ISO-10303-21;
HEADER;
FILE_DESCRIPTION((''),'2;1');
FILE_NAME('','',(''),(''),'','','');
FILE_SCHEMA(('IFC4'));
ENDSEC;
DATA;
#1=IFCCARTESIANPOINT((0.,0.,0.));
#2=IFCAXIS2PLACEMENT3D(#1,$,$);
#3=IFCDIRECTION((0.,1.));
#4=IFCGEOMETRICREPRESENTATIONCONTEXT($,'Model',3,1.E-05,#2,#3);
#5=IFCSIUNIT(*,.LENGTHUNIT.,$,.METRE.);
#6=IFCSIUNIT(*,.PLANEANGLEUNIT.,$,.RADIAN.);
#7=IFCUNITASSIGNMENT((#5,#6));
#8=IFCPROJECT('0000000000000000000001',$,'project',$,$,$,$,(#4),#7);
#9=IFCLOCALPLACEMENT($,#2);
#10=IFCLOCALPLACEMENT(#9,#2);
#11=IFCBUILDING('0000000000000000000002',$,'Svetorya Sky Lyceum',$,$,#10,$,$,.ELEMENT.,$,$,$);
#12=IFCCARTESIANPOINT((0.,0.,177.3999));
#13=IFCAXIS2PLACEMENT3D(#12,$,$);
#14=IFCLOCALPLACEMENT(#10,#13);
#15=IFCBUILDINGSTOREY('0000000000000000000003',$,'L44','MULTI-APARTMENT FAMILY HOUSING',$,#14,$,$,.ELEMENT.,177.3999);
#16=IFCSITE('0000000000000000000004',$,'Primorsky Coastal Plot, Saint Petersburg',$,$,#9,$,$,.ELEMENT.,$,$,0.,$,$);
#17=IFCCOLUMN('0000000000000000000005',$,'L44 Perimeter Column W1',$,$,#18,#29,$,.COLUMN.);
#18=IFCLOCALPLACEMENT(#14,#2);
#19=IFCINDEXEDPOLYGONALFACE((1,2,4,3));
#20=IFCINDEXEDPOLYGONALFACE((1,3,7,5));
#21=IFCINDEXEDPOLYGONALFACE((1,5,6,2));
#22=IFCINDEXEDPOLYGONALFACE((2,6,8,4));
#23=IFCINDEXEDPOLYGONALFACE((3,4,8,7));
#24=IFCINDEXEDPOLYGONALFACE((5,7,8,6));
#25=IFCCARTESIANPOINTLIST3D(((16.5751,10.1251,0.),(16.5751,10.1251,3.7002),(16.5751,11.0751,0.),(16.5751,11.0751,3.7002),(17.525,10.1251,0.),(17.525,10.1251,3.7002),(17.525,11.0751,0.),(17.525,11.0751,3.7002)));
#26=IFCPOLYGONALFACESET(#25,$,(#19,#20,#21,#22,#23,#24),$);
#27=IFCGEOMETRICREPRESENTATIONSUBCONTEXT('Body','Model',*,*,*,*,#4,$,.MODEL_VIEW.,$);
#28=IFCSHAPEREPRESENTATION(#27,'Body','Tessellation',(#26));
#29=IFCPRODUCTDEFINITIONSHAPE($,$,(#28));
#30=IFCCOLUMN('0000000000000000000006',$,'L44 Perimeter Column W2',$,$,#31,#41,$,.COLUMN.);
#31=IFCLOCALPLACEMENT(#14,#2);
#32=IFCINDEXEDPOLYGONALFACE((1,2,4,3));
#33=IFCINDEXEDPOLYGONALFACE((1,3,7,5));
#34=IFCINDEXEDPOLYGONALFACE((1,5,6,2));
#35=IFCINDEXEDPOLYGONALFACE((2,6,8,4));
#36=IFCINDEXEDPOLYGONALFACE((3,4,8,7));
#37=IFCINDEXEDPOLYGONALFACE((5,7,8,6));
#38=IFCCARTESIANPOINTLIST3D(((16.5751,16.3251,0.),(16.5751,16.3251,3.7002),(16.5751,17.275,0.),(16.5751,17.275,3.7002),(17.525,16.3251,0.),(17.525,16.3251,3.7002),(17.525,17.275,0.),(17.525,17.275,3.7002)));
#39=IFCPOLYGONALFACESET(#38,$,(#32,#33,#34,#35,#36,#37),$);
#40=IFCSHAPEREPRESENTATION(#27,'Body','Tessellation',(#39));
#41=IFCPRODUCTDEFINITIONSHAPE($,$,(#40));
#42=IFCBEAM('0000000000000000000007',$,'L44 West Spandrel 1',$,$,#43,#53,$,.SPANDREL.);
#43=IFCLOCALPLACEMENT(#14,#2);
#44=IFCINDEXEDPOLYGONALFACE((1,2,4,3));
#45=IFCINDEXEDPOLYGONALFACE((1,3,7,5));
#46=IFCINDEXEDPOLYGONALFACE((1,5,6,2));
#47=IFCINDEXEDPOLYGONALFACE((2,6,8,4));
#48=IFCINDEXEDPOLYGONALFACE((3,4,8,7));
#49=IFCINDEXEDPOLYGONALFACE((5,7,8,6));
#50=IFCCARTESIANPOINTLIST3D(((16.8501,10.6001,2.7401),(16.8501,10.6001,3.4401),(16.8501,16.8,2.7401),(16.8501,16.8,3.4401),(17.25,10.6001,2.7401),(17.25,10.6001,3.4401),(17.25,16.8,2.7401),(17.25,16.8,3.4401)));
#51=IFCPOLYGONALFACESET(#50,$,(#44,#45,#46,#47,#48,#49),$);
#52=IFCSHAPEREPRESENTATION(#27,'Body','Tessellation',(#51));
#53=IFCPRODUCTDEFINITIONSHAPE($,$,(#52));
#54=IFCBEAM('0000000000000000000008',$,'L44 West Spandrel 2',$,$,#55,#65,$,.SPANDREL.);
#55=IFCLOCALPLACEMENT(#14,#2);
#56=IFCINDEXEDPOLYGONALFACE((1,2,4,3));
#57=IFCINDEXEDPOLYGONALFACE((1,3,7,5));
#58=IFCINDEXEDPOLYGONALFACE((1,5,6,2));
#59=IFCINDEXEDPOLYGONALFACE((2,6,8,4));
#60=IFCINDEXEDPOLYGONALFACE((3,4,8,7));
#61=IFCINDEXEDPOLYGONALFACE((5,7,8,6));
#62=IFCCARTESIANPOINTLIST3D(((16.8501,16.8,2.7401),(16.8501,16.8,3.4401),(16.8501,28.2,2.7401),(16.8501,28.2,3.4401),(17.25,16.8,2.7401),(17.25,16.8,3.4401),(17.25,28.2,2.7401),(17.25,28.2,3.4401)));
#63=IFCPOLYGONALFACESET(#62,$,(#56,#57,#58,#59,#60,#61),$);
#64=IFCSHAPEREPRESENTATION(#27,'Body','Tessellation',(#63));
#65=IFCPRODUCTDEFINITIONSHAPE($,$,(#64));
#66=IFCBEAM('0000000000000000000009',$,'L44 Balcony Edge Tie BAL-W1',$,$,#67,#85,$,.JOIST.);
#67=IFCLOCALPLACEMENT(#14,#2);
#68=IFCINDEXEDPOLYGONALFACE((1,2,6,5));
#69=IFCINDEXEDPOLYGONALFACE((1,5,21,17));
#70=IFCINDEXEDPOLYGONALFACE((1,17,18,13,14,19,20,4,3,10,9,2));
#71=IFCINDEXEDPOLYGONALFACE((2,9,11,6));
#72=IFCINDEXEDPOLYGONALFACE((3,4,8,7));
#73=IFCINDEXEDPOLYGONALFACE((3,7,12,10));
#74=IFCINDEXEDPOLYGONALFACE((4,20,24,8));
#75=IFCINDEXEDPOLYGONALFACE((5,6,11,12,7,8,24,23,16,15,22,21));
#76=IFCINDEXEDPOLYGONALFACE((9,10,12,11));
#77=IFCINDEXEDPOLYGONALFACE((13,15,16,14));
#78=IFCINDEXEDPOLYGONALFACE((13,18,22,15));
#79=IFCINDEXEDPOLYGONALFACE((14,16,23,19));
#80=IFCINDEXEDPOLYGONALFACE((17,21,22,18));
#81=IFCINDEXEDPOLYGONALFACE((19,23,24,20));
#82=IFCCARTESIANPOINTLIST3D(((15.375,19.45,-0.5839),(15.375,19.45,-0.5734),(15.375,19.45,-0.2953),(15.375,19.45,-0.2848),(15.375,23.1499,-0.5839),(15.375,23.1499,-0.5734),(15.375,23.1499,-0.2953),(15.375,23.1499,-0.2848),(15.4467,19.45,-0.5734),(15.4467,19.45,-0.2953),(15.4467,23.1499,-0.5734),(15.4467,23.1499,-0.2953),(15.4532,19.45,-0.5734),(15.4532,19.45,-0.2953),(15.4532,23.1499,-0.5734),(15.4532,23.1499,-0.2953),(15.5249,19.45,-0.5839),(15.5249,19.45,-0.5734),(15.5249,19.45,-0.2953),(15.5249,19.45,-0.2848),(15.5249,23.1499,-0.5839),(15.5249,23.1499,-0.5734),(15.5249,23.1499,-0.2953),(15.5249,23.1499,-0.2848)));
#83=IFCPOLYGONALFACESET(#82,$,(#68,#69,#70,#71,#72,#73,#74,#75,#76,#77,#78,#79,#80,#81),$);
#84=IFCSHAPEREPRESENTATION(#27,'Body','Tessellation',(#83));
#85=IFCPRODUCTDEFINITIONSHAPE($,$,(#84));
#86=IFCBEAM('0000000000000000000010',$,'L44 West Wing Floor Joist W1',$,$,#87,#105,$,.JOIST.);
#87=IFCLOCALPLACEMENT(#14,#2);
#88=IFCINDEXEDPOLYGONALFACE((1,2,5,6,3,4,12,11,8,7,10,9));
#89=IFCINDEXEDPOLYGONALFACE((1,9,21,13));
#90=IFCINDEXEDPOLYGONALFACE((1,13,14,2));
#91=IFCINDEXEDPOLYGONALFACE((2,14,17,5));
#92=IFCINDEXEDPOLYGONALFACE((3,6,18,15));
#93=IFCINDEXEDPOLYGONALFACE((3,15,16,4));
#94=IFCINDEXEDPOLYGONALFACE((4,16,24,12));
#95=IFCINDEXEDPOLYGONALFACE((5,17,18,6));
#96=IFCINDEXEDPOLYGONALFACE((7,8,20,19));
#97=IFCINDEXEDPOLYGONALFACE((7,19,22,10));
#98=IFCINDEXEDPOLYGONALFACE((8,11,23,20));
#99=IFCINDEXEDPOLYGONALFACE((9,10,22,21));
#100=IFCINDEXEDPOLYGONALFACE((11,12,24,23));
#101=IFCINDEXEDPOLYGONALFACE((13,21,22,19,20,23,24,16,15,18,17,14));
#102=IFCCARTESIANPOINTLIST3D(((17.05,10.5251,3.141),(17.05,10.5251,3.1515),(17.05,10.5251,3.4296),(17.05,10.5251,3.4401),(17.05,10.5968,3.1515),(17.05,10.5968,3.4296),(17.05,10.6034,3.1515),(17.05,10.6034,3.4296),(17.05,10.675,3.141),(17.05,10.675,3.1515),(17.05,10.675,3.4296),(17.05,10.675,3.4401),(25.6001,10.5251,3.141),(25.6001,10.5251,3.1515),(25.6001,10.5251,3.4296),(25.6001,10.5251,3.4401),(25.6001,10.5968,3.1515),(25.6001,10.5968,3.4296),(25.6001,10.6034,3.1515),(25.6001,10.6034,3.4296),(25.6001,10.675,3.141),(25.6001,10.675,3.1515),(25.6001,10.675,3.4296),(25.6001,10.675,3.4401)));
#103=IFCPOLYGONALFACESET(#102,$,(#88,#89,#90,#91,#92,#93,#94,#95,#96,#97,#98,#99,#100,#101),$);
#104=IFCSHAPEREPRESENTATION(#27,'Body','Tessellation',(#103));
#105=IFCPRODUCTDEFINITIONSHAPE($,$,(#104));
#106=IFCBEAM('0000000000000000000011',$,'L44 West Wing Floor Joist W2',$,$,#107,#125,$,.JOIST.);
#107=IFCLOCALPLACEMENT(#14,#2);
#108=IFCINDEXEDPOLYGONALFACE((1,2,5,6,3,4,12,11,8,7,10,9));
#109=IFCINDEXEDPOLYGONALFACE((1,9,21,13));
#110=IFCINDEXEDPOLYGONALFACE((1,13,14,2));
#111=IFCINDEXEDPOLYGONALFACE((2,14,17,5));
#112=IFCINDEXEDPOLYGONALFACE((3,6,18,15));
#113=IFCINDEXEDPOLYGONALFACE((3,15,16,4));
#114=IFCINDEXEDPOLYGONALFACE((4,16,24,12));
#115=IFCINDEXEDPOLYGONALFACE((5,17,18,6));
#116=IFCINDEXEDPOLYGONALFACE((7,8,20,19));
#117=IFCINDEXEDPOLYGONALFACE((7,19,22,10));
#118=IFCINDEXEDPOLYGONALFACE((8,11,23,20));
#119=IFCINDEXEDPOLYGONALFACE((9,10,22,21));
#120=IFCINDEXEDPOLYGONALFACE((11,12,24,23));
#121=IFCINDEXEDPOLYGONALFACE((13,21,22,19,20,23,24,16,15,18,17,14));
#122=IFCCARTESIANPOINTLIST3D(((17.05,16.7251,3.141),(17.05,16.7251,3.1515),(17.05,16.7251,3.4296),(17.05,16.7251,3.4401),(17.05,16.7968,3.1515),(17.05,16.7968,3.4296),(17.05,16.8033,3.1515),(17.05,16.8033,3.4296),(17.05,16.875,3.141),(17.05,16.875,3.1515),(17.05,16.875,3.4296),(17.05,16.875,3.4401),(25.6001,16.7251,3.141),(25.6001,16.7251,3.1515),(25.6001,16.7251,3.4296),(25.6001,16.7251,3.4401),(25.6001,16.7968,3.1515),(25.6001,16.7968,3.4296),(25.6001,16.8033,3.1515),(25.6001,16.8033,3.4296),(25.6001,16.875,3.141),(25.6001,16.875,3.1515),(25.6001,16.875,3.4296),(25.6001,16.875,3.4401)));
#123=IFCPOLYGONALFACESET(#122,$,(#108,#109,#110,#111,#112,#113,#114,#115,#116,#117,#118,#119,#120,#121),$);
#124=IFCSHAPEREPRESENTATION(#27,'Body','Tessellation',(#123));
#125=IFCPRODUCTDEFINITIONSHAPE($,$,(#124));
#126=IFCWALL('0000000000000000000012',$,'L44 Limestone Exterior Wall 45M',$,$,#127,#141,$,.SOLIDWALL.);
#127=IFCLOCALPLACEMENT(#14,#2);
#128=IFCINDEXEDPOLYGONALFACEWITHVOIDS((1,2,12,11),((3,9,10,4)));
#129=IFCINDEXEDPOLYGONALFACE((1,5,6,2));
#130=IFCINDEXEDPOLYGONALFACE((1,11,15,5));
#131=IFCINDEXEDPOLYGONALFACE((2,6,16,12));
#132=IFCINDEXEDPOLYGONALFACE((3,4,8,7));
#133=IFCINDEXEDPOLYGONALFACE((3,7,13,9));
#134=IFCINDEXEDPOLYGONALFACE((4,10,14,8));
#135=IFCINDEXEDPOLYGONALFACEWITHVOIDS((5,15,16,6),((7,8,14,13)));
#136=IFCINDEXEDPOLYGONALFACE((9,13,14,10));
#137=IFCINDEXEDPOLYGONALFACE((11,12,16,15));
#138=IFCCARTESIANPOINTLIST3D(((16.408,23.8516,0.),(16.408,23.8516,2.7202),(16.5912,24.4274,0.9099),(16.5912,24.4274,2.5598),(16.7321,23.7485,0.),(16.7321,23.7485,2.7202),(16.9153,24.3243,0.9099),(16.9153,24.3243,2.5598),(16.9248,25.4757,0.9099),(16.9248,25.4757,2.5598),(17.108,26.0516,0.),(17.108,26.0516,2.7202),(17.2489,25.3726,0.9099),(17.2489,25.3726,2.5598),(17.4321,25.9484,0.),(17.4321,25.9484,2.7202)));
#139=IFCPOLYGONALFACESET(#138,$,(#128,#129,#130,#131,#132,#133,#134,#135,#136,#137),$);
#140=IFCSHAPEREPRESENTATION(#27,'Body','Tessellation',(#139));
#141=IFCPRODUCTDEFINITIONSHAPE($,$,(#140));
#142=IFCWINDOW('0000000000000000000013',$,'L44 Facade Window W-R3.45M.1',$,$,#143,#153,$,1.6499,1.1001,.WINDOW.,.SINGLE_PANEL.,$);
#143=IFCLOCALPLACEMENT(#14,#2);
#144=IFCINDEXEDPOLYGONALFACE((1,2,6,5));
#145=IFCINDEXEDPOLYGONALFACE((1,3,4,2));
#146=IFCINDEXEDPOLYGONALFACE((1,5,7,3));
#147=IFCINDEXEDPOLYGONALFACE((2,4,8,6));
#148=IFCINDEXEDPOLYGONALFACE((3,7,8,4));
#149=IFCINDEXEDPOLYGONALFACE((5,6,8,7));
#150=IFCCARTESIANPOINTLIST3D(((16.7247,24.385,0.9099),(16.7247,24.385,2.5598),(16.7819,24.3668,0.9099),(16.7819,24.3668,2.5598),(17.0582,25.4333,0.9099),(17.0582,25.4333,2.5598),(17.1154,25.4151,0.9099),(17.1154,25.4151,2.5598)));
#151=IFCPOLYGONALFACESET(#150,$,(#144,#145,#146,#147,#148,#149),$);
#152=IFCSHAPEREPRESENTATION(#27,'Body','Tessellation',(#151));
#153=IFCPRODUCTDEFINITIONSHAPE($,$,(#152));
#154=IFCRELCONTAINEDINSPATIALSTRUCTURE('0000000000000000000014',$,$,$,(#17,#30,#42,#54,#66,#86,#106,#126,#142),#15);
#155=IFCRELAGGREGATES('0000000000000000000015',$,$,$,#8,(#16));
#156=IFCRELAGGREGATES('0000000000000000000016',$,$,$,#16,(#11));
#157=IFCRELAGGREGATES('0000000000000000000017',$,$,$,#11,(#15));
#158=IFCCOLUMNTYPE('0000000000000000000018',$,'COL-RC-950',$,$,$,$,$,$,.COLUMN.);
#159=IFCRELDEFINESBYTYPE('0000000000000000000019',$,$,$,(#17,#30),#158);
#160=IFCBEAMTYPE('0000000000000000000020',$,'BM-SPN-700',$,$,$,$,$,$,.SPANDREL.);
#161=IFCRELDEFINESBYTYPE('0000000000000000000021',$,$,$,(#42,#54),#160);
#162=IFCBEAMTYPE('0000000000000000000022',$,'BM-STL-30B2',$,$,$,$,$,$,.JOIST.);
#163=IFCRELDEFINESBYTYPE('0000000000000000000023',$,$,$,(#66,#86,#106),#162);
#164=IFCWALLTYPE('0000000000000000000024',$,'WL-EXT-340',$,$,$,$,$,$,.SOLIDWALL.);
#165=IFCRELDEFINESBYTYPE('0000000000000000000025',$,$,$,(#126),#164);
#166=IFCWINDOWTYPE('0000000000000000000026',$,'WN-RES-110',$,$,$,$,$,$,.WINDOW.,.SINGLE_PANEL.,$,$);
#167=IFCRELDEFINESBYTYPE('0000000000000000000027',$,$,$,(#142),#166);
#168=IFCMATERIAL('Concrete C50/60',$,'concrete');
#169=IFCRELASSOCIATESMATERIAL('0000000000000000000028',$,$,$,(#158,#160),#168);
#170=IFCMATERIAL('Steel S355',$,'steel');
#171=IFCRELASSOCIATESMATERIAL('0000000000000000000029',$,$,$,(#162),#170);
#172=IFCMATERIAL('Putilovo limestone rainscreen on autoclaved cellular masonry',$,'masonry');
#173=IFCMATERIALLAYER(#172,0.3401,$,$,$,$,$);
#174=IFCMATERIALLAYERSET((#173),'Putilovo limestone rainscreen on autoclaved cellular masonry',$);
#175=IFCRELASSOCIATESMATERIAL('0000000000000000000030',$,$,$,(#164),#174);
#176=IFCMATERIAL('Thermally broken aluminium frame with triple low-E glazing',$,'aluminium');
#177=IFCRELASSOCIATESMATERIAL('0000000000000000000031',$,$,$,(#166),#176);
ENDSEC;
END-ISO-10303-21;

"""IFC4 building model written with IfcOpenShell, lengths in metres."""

from ifc_helpers import new_model, si_unit, direction, frame, frame_2d, origin, origin_2d, place, context, subcontext, project, spatial, rectangle, i_section, extrude, material, layer, layer_set, material_profile, profile_set, type_object, element, fill, save


model = new_model("IFC4")

# Units and contexts
model_context = context("Model", 3, precision=1e-05, world=origin(), true_north=direction((0.0, 1.0)))
body_context = subcontext(model_context, "Body", "Model", "MODEL_VIEW")
ifc_project = project(units=[si_unit("LENGTHUNIT", "METRE"), si_unit("PLANEANGLEUNIT", "RADIAN")], contexts=[model_context])

# Site, building, storey
site_placement = place(None, origin())
site = spatial("IfcSite", under=ifc_project, at=site_placement, Name="Primorsky Coastal Plot, Saint Petersburg", CompositionType="ELEMENT", RefElevation=0.0)
building_placement = place(site_placement, origin())
building = spatial("IfcBuilding", under=site, at=building_placement, Name="Svetorya Sky Lyceum", CompositionType="ELEMENT")
storey_placement = place(building_placement, frame((0.0, 0.0, 177.3999)))
storey = spatial("IfcBuildingStorey", under=building, at=storey_placement, Name="L44", Description="MULTI-APARTMENT FAMILY HOUSING", CompositionType="ELEMENT", Elevation=177.3999)

# Columns
ifc_material_1 = material(Name="Concrete C50/60", Category="concrete")
ifc_material_profile_1 = material_profile(ifc_material_1, rectangle(XDim=0.95, YDim=0.95, at=origin_2d()), Name="RC COL 950x950")
ifc_profile_set_1 = profile_set([ifc_material_profile_1], Name="Concrete C50/60")
column_type = type_object("IfcColumnType", Name="COL-RC-950", PredefinedType="COLUMN", material=ifc_profile_set_1)
for number, where, z_axis, x_axis, name in (
    (1, (17.05, 10.6001, 0.0), (0.0, 0.0, 1.0), (1.0, 0.0, 0.0), "L44 Perimeter Column W1"),
    (2, (17.05, 16.8, 0.0), (0.0, 0.0, 1.0), (1.0, 0.0, 0.0), "L44 Perimeter Column W2"),
):
    element("IfcColumn", number, at=place(storey_placement, frame(where, z_axis=z_axis, x_axis=x_axis)), inside=storey, type_object=column_type, Name=name, PredefinedType="COLUMN", context=body_context, shape_type="SweptSolid", body=[
        extrude(rectangle(XDim=0.95, YDim=0.95, at=origin_2d()), origin(), (0.0, 0.0, 1.0), 3.7002),
    ])

# Beams
ifc_material_profile_2 = material_profile(ifc_material_1, rectangle(XDim=0.3999, YDim=0.7, at=origin_2d()), Name="RC SPANDREL 400x700")
ifc_profile_set_2 = profile_set([ifc_material_profile_2], Name="Concrete C50/60")
beam_type_1 = type_object("IfcBeamType", Name="BM-SPN-700", PredefinedType="SPANDREL", material=ifc_profile_set_2)
beam_1_placement = place(storey_placement, frame((17.05, 10.6001, 3.0901), z_axis=(0.0, 1.0, 0.0), x_axis=(-1.0, 0.0, 0.0)))
element("IfcBeam", 3, at=beam_1_placement, inside=storey, type_object=beam_type_1, Name="L44 West Spandrel 1", PredefinedType="SPANDREL", context=body_context, shape_type="SweptSolid", body=[
    extrude(rectangle(XDim=0.3999, YDim=0.7, at=origin_2d()), origin(), (0.0, 0.0, 1.0), 6.2),
])
beam_2_placement = place(storey_placement, frame((17.05, 16.8, 3.0901), z_axis=(0.0, 1.0, 0.0), x_axis=(-1.0, 0.0, 0.0)))
element("IfcBeam", 4, at=beam_2_placement, inside=storey, type_object=beam_type_1, Name="L44 West Spandrel 2", PredefinedType="SPANDREL", context=body_context, shape_type="SweptSolid", body=[
    extrude(rectangle(XDim=0.3999, YDim=0.7, at=origin_2d()), origin(), (0.0, 0.0, 1.0), 11.3999),
])
ifc_material_2 = material(Name="Steel S355", Category="steel")
ifc_material_profile_3 = material_profile(ifc_material_2, i_section(OverallWidth=0.1499, OverallDepth=0.2991, WebThickness=0.0066, FlangeThickness=0.0105, at=origin_2d()), Name="GOST 30B2")
ifc_profile_set_3 = profile_set([ifc_material_profile_3], Name="Steel S355")
beam_type_2 = type_object("IfcBeamType", Name="BM-STL-30B2", PredefinedType="JOIST", material=ifc_profile_set_3)
beam_3_placement = place(storey_placement, frame((15.45, 19.45, -0.4343), z_axis=(0.0, 1.0, 0.0), x_axis=(-1.0, 0.0, 0.0)))
element("IfcBeam", 5, at=beam_3_placement, inside=storey, type_object=beam_type_2, Name="L44 Balcony Edge Tie BAL-W1", PredefinedType="JOIST", context=body_context, shape_type="SweptSolid", body=[
    extrude(i_section(OverallWidth=0.1499, OverallDepth=0.2991, WebThickness=0.0066, FlangeThickness=0.0105, at=origin_2d()), origin(), (0.0, 0.0, 1.0), 3.7),
])
for number, where, z_axis, x_axis, name in (
    (6, (17.05, 10.6001, 3.2905), (1.0, 0.0, 0.0), (0.0, 1.0, 0.0), "L44 West Wing Floor Joist W1"),
    (7, (17.05, 16.8, 3.2905), (1.0, 0.0, 0.0), (0.0, 1.0, 0.0), "L44 West Wing Floor Joist W2"),
):
    element("IfcBeam", number, at=place(storey_placement, frame(where, z_axis=z_axis, x_axis=x_axis)), inside=storey, type_object=beam_type_2, Name=name, PredefinedType="JOIST", context=body_context, shape_type="SweptSolid", body=[
        extrude(i_section(OverallWidth=0.1499, OverallDepth=0.2991, WebThickness=0.0066, FlangeThickness=0.0105, at=origin_2d()), origin(), (0.0, 0.0, 1.0), 8.55),
    ])

# Wall, opening, window
ifc_material_3 = material(Name="Putilovo limestone rainscreen on autoclaved cellular masonry", Category="masonry")
ifc_layer_1 = layer(ifc_material_3, 0.3401)
ifc_layer_set_1 = layer_set([ifc_layer_1], Name="Putilovo limestone rainscreen on autoclaved cellular masonry")
wall_type_1 = type_object("IfcWallType", Name="WL-EXT-340", PredefinedType="SOLIDWALL", material=ifc_layer_set_1)
wall_1_placement = place(storey_placement, frame((17.27, 26.0, 0.0), z_axis=(0.0, 0.0, 1.0), x_axis=(-0.303191, -0.95293, 0.0)))
wall_1 = element("IfcWall", 8, at=wall_1_placement, inside=storey, type_object=wall_type_1, Name="L44 Limestone Exterior Wall 45M", PredefinedType="SOLIDWALL", context=body_context, shape_type="SweptSolid", body=[
    extrude(rectangle(XDim=2.3086, YDim=0.3401, at=frame_2d((1.1543, 0.0))), origin(), (0.0, 0.0, 1.0), 2.7202),
])
opening_1_placement = place(wall_1_placement, frame((0.6042, 0.0, 0.9099)))
opening_1 = element("IfcOpeningElement", 9, at=opening_1_placement, cuts=wall_1, PredefinedType="OPENING", context=body_context, shape_type="SweptSolid", body=[
    extrude(rectangle(XDim=1.1001, YDim=1.6499, at=frame_2d((0.55, 0.825))), frame((0.0, 0.1799, 0.0), z_axis=(0.0, -1.0, 0.0), x_axis=(1.0, 0.0, 0.0)), (0.0, 0.0, 1.0), 0.3601),
])
ifc_material_4 = material(Name="Thermally broken aluminium frame with triple low-E glazing", Category="aluminium")
window_type_1 = type_object("IfcWindowType", Name="WN-RES-110", PartitioningType="SINGLE_PANEL", PredefinedType="WINDOW", material=ifc_material_4)
window_1_placement = place(opening_1_placement, origin())
window_1 = element("IfcWindow", 10, at=window_1_placement, inside=storey, type_object=window_type_1, Name="L44 Facade Window W-R3.45M.1", OverallHeight=1.6499, OverallWidth=1.1001, PartitioningType="SINGLE_PANEL", PredefinedType="WINDOW", context=body_context, shape_type="SweptSolid", body=[
    extrude(rectangle(XDim=1.1001, YDim=1.6499, at=frame_2d((0.55, 0.825))), frame((0.0, 0.03, 0.0), z_axis=(0.0, -1.0, 0.0), x_axis=(1.0, 0.0, 0.0)), (0.0, 0.0, 1.0), 0.0601),
])
fill(opening_1, window_1)

save(model, "model.ifc")
